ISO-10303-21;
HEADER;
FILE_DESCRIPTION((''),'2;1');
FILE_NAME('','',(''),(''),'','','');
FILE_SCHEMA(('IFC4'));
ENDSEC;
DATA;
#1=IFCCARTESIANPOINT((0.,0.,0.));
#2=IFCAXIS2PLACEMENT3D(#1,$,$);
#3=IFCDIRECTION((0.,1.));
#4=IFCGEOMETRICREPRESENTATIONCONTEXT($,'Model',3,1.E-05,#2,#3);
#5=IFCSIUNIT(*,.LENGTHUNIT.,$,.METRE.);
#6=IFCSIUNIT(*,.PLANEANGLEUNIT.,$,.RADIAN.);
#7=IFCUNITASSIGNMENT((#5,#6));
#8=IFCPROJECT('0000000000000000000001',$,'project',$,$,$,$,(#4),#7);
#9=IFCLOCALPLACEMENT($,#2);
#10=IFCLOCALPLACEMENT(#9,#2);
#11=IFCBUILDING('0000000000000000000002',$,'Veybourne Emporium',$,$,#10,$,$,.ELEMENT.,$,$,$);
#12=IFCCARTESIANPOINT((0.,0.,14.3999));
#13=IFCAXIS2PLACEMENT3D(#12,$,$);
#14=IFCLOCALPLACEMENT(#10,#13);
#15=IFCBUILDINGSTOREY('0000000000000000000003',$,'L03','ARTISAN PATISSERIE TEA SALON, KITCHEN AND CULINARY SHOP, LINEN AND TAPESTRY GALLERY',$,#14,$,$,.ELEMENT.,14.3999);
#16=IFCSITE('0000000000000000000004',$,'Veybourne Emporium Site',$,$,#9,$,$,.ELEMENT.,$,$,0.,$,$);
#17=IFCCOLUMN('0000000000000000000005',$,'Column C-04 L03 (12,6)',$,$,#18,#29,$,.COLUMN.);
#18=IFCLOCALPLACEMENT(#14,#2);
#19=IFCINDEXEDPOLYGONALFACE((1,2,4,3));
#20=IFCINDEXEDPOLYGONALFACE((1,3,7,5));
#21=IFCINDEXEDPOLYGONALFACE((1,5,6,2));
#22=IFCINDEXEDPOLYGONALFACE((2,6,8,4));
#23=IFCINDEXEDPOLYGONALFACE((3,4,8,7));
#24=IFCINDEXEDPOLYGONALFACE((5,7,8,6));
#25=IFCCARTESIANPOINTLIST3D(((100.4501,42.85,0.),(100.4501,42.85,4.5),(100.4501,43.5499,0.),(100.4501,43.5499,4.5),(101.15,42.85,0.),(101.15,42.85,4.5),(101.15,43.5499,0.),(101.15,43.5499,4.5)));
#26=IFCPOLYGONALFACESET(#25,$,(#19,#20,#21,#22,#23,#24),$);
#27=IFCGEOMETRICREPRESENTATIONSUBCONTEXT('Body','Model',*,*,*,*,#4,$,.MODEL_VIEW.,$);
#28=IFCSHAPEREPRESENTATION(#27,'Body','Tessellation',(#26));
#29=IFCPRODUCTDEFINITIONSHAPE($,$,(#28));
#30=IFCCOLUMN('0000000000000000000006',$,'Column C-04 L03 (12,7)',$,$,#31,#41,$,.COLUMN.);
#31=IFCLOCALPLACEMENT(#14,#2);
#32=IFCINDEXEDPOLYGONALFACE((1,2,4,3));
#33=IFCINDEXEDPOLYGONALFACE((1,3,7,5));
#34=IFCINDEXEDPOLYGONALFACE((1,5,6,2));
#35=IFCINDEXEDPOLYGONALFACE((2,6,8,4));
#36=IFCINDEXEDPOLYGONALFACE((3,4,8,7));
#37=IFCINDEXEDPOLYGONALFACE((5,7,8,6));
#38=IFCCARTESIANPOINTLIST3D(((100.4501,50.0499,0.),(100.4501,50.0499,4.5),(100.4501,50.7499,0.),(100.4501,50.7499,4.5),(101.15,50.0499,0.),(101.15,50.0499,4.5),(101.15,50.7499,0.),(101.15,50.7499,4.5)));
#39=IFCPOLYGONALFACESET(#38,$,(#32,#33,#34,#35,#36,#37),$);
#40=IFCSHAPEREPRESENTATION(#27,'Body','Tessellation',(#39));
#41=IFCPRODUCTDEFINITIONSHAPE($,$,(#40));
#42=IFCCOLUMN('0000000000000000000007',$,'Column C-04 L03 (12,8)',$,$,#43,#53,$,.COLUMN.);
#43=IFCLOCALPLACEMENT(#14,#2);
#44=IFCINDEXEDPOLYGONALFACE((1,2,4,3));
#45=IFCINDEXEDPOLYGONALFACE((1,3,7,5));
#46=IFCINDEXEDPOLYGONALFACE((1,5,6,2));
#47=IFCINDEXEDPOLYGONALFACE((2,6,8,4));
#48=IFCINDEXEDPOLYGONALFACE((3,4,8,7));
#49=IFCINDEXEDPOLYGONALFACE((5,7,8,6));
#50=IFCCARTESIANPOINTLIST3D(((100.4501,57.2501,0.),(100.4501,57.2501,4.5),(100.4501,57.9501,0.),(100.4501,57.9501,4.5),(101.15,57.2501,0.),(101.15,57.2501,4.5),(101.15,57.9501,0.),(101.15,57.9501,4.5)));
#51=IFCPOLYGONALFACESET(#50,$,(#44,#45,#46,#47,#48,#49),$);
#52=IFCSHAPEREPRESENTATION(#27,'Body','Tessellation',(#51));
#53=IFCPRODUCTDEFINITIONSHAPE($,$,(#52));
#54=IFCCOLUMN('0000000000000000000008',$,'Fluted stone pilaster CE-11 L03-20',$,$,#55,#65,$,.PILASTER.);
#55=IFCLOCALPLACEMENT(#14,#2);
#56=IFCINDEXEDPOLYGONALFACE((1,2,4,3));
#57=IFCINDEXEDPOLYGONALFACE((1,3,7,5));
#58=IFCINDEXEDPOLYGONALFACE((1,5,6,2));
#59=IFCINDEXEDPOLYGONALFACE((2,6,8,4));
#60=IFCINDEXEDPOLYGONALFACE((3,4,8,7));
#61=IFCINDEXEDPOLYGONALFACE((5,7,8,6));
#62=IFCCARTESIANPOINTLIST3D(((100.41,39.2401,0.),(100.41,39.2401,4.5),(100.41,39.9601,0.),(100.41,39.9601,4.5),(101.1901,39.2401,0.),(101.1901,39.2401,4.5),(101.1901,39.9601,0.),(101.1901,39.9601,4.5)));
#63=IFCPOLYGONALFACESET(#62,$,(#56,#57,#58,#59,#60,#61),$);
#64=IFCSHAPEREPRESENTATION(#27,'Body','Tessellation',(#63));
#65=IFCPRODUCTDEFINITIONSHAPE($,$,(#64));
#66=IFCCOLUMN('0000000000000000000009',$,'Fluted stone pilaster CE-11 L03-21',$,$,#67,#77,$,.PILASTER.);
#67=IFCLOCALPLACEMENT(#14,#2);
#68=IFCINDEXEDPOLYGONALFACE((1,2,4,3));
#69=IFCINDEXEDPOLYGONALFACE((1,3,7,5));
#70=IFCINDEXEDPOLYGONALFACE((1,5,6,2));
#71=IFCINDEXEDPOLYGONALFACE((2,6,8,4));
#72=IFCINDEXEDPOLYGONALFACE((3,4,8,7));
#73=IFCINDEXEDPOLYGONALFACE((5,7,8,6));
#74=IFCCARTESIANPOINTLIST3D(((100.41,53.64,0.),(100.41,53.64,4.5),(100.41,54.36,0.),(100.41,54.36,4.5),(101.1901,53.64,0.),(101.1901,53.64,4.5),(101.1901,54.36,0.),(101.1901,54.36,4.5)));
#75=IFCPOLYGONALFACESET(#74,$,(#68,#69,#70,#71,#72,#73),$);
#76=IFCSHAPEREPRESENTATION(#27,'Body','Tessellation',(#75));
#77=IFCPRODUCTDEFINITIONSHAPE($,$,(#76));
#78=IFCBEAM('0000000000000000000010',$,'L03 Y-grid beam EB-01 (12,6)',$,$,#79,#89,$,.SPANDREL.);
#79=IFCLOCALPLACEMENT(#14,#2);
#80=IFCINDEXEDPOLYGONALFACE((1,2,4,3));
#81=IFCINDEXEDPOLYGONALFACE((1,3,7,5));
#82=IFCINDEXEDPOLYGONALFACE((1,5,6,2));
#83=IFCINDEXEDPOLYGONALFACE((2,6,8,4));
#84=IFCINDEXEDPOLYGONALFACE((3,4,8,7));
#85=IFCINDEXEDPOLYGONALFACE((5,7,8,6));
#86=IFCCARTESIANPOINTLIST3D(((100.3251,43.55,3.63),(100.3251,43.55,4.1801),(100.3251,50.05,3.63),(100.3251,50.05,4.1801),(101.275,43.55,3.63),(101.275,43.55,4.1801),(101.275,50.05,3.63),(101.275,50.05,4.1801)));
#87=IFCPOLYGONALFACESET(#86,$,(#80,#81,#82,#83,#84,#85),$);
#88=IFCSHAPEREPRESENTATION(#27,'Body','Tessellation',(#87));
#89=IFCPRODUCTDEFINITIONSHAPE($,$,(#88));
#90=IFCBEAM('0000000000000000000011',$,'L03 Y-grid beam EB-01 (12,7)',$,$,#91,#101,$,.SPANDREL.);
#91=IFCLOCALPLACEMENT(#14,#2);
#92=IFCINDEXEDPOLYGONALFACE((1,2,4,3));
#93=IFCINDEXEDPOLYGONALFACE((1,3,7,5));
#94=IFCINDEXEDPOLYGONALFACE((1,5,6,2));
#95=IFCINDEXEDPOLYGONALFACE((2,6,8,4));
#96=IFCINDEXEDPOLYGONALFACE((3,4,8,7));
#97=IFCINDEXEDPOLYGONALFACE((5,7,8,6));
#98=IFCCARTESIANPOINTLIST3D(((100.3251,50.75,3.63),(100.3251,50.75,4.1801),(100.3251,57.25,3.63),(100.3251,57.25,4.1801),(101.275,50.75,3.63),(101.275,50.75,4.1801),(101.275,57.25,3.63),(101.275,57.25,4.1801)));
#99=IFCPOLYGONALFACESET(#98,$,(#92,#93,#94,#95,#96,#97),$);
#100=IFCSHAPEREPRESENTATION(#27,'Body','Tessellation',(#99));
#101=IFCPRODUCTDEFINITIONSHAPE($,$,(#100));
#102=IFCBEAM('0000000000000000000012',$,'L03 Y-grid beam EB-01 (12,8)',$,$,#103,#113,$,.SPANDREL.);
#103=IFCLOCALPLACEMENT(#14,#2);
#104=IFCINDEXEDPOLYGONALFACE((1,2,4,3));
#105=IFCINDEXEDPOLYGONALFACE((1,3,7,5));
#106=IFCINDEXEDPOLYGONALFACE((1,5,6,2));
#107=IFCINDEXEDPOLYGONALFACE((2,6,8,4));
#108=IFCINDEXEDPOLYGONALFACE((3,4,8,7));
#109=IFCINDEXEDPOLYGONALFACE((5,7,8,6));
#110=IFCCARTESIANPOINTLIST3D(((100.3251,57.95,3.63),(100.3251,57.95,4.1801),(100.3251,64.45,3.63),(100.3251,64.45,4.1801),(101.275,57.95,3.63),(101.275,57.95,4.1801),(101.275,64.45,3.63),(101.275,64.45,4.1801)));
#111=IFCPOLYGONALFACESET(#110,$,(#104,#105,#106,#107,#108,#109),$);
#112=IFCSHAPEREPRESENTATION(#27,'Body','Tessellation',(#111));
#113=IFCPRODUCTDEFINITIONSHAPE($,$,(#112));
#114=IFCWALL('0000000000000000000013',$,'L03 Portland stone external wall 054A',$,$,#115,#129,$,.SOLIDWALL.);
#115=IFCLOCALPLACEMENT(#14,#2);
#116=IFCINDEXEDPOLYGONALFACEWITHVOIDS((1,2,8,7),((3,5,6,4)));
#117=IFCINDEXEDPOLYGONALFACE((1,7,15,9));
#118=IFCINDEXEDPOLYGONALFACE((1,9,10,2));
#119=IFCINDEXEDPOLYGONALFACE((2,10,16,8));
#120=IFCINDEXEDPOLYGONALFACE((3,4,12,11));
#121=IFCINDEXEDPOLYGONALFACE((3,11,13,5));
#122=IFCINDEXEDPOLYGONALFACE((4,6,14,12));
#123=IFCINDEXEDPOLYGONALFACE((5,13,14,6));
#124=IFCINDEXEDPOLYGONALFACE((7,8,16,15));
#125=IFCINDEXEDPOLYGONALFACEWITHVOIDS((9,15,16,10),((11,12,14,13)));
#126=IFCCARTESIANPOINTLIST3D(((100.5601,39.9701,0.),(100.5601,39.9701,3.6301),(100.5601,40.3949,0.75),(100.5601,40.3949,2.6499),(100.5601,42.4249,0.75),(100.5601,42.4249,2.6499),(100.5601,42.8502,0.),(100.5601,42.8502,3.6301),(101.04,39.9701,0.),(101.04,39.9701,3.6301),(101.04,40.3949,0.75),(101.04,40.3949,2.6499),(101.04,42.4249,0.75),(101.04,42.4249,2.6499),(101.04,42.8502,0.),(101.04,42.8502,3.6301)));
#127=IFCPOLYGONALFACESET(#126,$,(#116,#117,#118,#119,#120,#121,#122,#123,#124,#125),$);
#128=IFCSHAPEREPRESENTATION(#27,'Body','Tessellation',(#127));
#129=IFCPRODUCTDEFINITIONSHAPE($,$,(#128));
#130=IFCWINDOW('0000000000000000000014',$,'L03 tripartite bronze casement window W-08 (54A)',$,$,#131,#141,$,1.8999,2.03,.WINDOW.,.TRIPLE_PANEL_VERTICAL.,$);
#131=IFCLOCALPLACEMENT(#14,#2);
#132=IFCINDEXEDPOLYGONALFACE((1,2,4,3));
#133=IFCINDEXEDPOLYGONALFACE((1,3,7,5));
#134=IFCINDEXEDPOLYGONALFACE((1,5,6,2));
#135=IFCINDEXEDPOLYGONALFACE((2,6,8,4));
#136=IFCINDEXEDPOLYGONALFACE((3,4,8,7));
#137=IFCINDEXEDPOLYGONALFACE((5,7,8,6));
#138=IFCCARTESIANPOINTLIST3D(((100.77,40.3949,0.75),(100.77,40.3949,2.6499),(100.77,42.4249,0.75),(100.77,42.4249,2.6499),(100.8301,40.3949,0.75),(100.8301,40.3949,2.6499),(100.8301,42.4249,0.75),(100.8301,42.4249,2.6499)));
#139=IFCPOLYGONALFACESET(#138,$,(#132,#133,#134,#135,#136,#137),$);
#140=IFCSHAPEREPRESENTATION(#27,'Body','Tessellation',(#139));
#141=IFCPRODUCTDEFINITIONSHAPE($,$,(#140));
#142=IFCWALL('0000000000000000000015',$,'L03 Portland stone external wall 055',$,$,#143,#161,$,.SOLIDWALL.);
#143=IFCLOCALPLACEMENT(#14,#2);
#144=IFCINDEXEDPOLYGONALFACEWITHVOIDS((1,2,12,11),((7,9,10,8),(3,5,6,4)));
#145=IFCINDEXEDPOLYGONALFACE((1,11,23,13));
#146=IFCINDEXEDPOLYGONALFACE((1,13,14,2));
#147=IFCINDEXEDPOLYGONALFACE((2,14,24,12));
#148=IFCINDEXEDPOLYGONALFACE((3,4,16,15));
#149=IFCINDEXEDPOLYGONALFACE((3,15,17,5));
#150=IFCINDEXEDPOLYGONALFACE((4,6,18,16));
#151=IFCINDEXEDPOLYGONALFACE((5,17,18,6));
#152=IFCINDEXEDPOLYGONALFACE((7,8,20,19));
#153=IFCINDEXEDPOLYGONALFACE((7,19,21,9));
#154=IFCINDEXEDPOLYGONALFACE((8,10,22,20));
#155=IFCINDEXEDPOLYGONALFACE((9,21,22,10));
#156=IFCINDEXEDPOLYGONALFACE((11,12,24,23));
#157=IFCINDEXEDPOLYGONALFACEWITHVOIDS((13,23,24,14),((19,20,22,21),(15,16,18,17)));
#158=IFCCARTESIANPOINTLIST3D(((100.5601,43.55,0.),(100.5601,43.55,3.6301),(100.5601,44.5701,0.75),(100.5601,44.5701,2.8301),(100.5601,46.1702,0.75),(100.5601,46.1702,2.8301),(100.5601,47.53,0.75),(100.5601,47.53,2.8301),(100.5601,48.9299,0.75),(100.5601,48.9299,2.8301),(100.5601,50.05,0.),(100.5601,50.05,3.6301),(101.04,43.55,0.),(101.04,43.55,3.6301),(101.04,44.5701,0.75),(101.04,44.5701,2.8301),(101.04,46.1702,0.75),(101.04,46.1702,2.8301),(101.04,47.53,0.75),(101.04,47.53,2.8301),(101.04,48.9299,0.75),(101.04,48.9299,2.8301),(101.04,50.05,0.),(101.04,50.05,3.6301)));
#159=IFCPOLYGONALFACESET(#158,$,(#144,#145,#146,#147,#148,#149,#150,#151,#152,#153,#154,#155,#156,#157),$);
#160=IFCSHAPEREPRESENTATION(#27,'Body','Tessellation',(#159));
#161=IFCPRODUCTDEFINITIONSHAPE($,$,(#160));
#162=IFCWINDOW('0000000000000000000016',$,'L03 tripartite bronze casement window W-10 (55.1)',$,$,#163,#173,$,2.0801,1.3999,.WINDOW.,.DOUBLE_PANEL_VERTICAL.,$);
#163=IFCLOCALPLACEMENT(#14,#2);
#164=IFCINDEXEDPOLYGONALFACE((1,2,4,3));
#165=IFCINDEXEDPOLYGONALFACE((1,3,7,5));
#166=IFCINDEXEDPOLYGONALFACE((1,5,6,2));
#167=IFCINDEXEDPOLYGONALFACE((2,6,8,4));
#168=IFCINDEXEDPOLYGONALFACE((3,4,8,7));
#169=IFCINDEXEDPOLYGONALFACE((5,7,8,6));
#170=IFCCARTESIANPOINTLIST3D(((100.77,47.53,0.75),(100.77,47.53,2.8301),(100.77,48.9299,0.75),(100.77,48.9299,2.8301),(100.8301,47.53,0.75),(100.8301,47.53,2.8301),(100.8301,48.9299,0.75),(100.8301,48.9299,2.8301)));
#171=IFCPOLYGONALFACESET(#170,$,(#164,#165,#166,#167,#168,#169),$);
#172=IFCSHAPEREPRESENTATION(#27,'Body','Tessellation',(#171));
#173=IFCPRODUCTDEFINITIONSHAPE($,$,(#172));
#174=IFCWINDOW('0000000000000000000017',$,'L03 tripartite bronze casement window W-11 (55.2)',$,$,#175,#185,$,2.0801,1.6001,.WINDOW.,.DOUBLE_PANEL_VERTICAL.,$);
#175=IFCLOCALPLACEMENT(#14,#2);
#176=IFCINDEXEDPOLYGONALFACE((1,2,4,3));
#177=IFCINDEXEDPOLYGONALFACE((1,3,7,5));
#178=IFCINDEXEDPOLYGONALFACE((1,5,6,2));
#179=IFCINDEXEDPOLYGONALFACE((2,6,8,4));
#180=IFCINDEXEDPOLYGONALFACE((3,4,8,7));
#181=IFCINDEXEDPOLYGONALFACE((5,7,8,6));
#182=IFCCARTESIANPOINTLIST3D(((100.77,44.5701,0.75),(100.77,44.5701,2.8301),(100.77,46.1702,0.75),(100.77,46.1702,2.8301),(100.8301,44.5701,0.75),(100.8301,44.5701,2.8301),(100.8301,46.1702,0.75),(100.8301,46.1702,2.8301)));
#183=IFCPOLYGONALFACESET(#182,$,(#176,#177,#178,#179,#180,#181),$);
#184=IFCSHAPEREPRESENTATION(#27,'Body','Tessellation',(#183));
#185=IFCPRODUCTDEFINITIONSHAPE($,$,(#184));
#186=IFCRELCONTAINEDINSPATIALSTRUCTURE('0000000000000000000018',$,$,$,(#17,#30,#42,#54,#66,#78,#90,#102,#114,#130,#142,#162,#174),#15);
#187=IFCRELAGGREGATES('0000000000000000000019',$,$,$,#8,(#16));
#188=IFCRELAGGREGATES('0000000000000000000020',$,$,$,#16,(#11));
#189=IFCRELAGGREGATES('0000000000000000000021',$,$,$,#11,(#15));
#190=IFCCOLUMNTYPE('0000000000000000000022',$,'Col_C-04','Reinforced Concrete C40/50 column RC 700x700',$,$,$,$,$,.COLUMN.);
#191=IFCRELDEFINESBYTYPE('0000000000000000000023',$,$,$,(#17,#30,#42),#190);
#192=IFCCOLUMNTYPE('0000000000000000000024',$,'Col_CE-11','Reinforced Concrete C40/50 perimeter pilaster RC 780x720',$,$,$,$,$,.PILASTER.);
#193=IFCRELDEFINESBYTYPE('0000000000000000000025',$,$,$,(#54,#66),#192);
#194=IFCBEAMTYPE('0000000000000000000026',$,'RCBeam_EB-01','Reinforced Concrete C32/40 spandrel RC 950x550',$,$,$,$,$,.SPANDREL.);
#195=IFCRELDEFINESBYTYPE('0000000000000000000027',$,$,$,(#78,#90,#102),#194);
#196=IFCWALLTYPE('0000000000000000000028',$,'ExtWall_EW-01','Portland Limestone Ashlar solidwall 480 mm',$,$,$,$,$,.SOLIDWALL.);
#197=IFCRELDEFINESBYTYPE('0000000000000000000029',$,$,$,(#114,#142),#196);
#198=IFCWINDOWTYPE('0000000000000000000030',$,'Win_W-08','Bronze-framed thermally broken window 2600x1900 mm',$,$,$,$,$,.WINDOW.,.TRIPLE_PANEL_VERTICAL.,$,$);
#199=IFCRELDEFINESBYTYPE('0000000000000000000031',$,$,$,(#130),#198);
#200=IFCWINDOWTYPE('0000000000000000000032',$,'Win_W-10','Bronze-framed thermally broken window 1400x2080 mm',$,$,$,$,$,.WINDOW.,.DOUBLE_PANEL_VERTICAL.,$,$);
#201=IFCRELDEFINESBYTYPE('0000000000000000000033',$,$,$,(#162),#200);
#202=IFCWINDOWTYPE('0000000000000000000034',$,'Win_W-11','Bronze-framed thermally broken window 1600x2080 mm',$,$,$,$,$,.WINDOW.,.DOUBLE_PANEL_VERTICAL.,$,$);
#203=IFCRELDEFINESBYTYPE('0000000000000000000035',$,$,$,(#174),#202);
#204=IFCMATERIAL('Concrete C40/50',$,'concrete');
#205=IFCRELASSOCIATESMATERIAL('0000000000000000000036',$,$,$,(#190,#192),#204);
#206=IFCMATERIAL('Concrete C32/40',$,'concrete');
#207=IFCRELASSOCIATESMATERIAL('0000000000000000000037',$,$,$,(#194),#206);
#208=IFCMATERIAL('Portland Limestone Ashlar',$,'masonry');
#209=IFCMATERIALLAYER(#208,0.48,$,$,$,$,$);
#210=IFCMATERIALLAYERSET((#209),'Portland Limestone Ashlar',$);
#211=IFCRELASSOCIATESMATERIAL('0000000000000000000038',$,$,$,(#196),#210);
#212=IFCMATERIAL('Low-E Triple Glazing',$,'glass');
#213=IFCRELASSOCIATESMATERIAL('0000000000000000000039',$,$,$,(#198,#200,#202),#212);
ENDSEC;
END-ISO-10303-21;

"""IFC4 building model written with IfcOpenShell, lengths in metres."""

from ifc_helpers import new_model, si_unit, direction, frame, frame_2d, origin, origin_2d, place, context, subcontext, project, spatial, rectangle, extrude, material, layer, layer_set, material_profile, profile_set, type_object, element, fill, save


model = new_model("IFC4")

# Units and contexts
model_context = context("Model", 3, precision=1e-05, world=origin(), true_north=direction((0.0, 1.0)))
body_context = subcontext(model_context, "Body", "Model", "MODEL_VIEW")
ifc_project = project(units=[si_unit("LENGTHUNIT", "METRE"), si_unit("PLANEANGLEUNIT", "RADIAN")], contexts=[model_context])

# Site, building, storey
site_placement = place(None, origin())
site = spatial("IfcSite", under=ifc_project, at=site_placement, Name="Veybourne Emporium Site", CompositionType="ELEMENT", RefElevation=0.0)
building_placement = place(site_placement, origin())
building = spatial("IfcBuilding", under=site, at=building_placement, Name="Veybourne Emporium", CompositionType="ELEMENT")
storey_placement = place(building_placement, frame((0.0, 0.0, 14.3999)))
storey = spatial("IfcBuildingStorey", under=building, at=storey_placement, Name="L03", Description="ARTISAN PATISSERIE TEA SALON, KITCHEN AND CULINARY SHOP, LINEN AND TAPESTRY GALLERY", CompositionType="ELEMENT", Elevation=14.3999)

# Columns
ifc_material_1 = material(Name="Concrete C40/50", Category="concrete")
ifc_material_profile_1 = material_profile(ifc_material_1, rectangle(XDim=0.7, YDim=0.7, at=origin_2d()), Name="RC 700x700")
ifc_profile_set_1 = profile_set([ifc_material_profile_1], Name="Concrete C40/50")
column_type_1 = type_object("IfcColumnType", Name="Col_C-04", Description="Reinforced Concrete C40/50 column RC 700x700", PredefinedType="COLUMN", material=ifc_profile_set_1)
for number, where, z_axis, x_axis, name in (
    (1, (100.8, 43.2, 0.0), (0.0, 0.0, 1.0), (1.0, 0.0, 0.0), "Column C-04 L03 (12,6)"),
    (2, (100.8, 50.3999, 0.0), (0.0, 0.0, 1.0), (1.0, 0.0, 0.0), "Column C-04 L03 (12,7)"),
    (3, (100.8, 57.6001, 0.0), (0.0, 0.0, 1.0), (1.0, 0.0, 0.0), "Column C-04 L03 (12,8)"),
):
    element("IfcColumn", number, at=place(storey_placement, frame(where, z_axis=z_axis, x_axis=x_axis)), inside=storey, type_object=column_type_1, Name=name, PredefinedType="COLUMN", context=body_context, shape_type="SweptSolid", body=[
        extrude(rectangle(XDim=0.7, YDim=0.7, at=origin_2d()), origin(), (0.0, 0.0, 1.0), 4.5),
    ])
ifc_material_profile_2 = material_profile(ifc_material_1, rectangle(XDim=0.78, YDim=0.72, at=origin_2d()), Name="RC 780x720")
ifc_profile_set_2 = profile_set([ifc_material_profile_2], Name="Concrete C40/50")
column_type_2 = type_object("IfcColumnType", Name="Col_CE-11", Description="Reinforced Concrete C40/50 perimeter pilaster RC 780x720", PredefinedType="PILASTER", material=ifc_profile_set_2)
for number, where, z_axis, x_axis, name in (
    (4, (100.8, 39.6001, 0.0), (0.0, 0.0, 1.0), (1.0, 0.0, 0.0), "Fluted stone pilaster CE-11 L03-20"),
    (5, (100.8, 54.0, 0.0), (0.0, 0.0, 1.0), (1.0, 0.0, 0.0), "Fluted stone pilaster CE-11 L03-21"),
):
    element("IfcColumn", number, at=place(storey_placement, frame(where, z_axis=z_axis, x_axis=x_axis)), inside=storey, type_object=column_type_2, Name=name, PredefinedType="PILASTER", context=body_context, shape_type="SweptSolid", body=[
        extrude(rectangle(XDim=0.78, YDim=0.72, at=origin_2d()), origin(), (0.0, 0.0, 1.0), 4.5),
    ])

# Beams
ifc_material_2 = material(Name="Concrete C32/40", Category="concrete")
ifc_material_profile_3 = material_profile(ifc_material_2, rectangle(XDim=0.95, YDim=0.55, at=origin_2d()), Name="RC 950x550")
ifc_profile_set_3 = profile_set([ifc_material_profile_3], Name="Concrete C32/40")
beam_type = type_object("IfcBeamType", Name="RCBeam_EB-01", Description="Reinforced Concrete C32/40 spandrel RC 950x550", PredefinedType="SPANDREL", material=ifc_profile_set_3)
for number, where, z_axis, x_axis, name in (
    (6, (100.8, 43.55, 3.905), (0.0, 1.0, 0.0), (-1.0, 0.0, 0.0), "L03 Y-grid beam EB-01 (12,6)"),
    (7, (100.8, 50.75, 3.905), (0.0, 1.0, 0.0), (-1.0, 0.0, 0.0), "L03 Y-grid beam EB-01 (12,7)"),
    (8, (100.8, 57.95, 3.905), (0.0, 1.0, 0.0), (-1.0, 0.0, 0.0), "L03 Y-grid beam EB-01 (12,8)"),
):
    element("IfcBeam", number, at=place(storey_placement, frame(where, z_axis=z_axis, x_axis=x_axis)), inside=storey, type_object=beam_type, Name=name, PredefinedType="SPANDREL", context=body_context, shape_type="SweptSolid", body=[
        extrude(rectangle(XDim=0.95, YDim=0.55, at=origin_2d()), origin(), (0.0, 0.0, 1.0), 6.5),
    ])

# Wall, opening, window
ifc_material_3 = material(Name="Portland Limestone Ashlar", Category="masonry")
ifc_layer_1 = layer(ifc_material_3, 0.48)
ifc_layer_set_1 = layer_set([ifc_layer_1], Name="Portland Limestone Ashlar")
wall_type_1 = type_object("IfcWallType", Name="ExtWall_EW-01", Description="Portland Limestone Ashlar solidwall 480 mm", PredefinedType="SOLIDWALL", material=ifc_layer_set_1)
wall_1_placement = place(storey_placement, frame((100.8, 42.8501, 0.0), z_axis=(0.0, 0.0, 1.0), x_axis=(0.0, -1.0, 0.0)))
wall_1 = element("IfcWall", 9, at=wall_1_placement, inside=storey, type_object=wall_type_1, Name="L03 Portland stone external wall 054A", PredefinedType="SOLIDWALL", context=body_context, shape_type="SweptSolid", body=[
    extrude(rectangle(XDim=2.8801, YDim=0.48, at=frame_2d((1.4399, 0.0))), origin(), (0.0, 0.0, 1.0), 3.6301),
])
opening_1_placement = place(wall_1_placement, frame((0.425, 0.0, 0.75)))
opening_1 = element("IfcOpeningElement", 10, at=opening_1_placement, cuts=wall_1, PredefinedType="OPENING", context=body_context, shape_type="SweptSolid", body=[
    extrude(rectangle(XDim=2.03, YDim=1.8999, at=frame_2d((1.0151, 0.95))), frame((0.0, 0.26, 0.0), z_axis=(0.0, -1.0, 0.0), x_axis=(1.0, 0.0, 0.0)), (0.0, 0.0, 1.0), 0.52),
])
ifc_material_4 = material(Name="Low-E Triple Glazing", Category="glass")
window_type_1 = type_object("IfcWindowType", Name="Win_W-08", Description="Bronze-framed thermally broken window 2600x1900 mm", PartitioningType="TRIPLE_PANEL_VERTICAL", PredefinedType="WINDOW", material=ifc_material_4)
window_1_placement = place(opening_1_placement, origin())
window_1 = element("IfcWindow", 11, at=window_1_placement, inside=storey, type_object=window_type_1, Name="L03 tripartite bronze casement window W-08 (54A)", OverallHeight=1.8999, OverallWidth=2.03, PartitioningType="TRIPLE_PANEL_VERTICAL", PredefinedType="WINDOW", context=body_context, shape_type="SweptSolid", body=[
    extrude(rectangle(XDim=2.03, YDim=1.8999, at=frame_2d((1.0151, 0.95))), frame((0.0, 0.03, 0.0), z_axis=(0.0, -1.0, 0.0), x_axis=(1.0, 0.0, 0.0)), (0.0, 0.0, 1.0), 0.0601),
])
fill(opening_1, window_1)

# Wall, openings, windows
wall_2_placement = place(storey_placement, frame((100.8, 50.05, 0.0), z_axis=(0.0, 0.0, 1.0), x_axis=(0.0, -1.0, 0.0)))
wall_2 = element("IfcWall", 12, at=wall_2_placement, inside=storey, type_object=wall_type_1, Name="L03 Portland stone external wall 055", PredefinedType="SOLIDWALL", context=body_context, shape_type="SweptSolid", body=[
    extrude(rectangle(XDim=6.5, YDim=0.48, at=frame_2d((3.25, 0.0))), origin(), (0.0, 0.0, 1.0), 3.6301),
])
opening_2_placement = place(wall_2_placement, frame((1.1201, 0.0, 0.75)))
opening_2 = element("IfcOpeningElement", 13, at=opening_2_placement, cuts=wall_2, PredefinedType="OPENING", context=body_context, shape_type="SweptSolid", body=[
    extrude(rectangle(XDim=1.3999, YDim=2.0801, at=frame_2d((0.7, 1.04))), frame((0.0, 0.26, 0.0), z_axis=(0.0, -1.0, 0.0), x_axis=(1.0, 0.0, 0.0)), (0.0, 0.0, 1.0), 0.52),
])
opening_3_placement = place(wall_2_placement, frame((3.8799, 0.0, 0.75)))
opening_3 = element("IfcOpeningElement", 14, at=opening_3_placement, cuts=wall_2, PredefinedType="OPENING", context=body_context, shape_type="SweptSolid", body=[
    extrude(rectangle(XDim=1.6001, YDim=2.0801, at=frame_2d((0.8, 1.04))), frame((0.0, 0.26, 0.0), z_axis=(0.0, -1.0, 0.0), x_axis=(1.0, 0.0, 0.0)), (0.0, 0.0, 1.0), 0.52),
])
window_type_2 = type_object("IfcWindowType", Name="Win_W-10", Description="Bronze-framed thermally broken window 1400x2080 mm", PartitioningType="DOUBLE_PANEL_VERTICAL", PredefinedType="WINDOW", material=ifc_material_4)
window_2_placement = place(opening_2_placement, origin())
window_2 = element("IfcWindow", 15, at=window_2_placement, inside=storey, type_object=window_type_2, Name="L03 tripartite bronze casement window W-10 (55.1)", OverallHeight=2.0801, OverallWidth=1.3999, PartitioningType="DOUBLE_PANEL_VERTICAL", PredefinedType="WINDOW", context=body_context, shape_type="SweptSolid", body=[
    extrude(rectangle(XDim=1.3999, YDim=2.0801, at=frame_2d((0.7, 1.04))), frame((0.0, 0.03, 0.0), z_axis=(0.0, -1.0, 0.0), x_axis=(1.0, 0.0, 0.0)), (0.0, 0.0, 1.0), 0.0601),
])
fill(opening_2, window_2)
window_type_3 = type_object("IfcWindowType", Name="Win_W-11", Description="Bronze-framed thermally broken window 1600x2080 mm", PartitioningType="DOUBLE_PANEL_VERTICAL", PredefinedType="WINDOW", material=ifc_material_4)
window_3_placement = place(opening_3_placement, origin())
window_3 = element("IfcWindow", 16, at=window_3_placement, inside=storey, type_object=window_type_3, Name="L03 tripartite bronze casement window W-11 (55.2)", OverallHeight=2.0801, OverallWidth=1.6001, PartitioningType="DOUBLE_PANEL_VERTICAL", PredefinedType="WINDOW", context=body_context, shape_type="SweptSolid", body=[
    extrude(rectangle(XDim=1.6001, YDim=2.0801, at=frame_2d((0.8, 1.04))), frame((0.0, 0.03, 0.0), z_axis=(0.0, -1.0, 0.0), x_axis=(1.0, 0.0, 0.0)), (0.0, 0.0, 1.0), 0.0601),
])
fill(opening_3, window_3)

save(model, "model.ifc")
